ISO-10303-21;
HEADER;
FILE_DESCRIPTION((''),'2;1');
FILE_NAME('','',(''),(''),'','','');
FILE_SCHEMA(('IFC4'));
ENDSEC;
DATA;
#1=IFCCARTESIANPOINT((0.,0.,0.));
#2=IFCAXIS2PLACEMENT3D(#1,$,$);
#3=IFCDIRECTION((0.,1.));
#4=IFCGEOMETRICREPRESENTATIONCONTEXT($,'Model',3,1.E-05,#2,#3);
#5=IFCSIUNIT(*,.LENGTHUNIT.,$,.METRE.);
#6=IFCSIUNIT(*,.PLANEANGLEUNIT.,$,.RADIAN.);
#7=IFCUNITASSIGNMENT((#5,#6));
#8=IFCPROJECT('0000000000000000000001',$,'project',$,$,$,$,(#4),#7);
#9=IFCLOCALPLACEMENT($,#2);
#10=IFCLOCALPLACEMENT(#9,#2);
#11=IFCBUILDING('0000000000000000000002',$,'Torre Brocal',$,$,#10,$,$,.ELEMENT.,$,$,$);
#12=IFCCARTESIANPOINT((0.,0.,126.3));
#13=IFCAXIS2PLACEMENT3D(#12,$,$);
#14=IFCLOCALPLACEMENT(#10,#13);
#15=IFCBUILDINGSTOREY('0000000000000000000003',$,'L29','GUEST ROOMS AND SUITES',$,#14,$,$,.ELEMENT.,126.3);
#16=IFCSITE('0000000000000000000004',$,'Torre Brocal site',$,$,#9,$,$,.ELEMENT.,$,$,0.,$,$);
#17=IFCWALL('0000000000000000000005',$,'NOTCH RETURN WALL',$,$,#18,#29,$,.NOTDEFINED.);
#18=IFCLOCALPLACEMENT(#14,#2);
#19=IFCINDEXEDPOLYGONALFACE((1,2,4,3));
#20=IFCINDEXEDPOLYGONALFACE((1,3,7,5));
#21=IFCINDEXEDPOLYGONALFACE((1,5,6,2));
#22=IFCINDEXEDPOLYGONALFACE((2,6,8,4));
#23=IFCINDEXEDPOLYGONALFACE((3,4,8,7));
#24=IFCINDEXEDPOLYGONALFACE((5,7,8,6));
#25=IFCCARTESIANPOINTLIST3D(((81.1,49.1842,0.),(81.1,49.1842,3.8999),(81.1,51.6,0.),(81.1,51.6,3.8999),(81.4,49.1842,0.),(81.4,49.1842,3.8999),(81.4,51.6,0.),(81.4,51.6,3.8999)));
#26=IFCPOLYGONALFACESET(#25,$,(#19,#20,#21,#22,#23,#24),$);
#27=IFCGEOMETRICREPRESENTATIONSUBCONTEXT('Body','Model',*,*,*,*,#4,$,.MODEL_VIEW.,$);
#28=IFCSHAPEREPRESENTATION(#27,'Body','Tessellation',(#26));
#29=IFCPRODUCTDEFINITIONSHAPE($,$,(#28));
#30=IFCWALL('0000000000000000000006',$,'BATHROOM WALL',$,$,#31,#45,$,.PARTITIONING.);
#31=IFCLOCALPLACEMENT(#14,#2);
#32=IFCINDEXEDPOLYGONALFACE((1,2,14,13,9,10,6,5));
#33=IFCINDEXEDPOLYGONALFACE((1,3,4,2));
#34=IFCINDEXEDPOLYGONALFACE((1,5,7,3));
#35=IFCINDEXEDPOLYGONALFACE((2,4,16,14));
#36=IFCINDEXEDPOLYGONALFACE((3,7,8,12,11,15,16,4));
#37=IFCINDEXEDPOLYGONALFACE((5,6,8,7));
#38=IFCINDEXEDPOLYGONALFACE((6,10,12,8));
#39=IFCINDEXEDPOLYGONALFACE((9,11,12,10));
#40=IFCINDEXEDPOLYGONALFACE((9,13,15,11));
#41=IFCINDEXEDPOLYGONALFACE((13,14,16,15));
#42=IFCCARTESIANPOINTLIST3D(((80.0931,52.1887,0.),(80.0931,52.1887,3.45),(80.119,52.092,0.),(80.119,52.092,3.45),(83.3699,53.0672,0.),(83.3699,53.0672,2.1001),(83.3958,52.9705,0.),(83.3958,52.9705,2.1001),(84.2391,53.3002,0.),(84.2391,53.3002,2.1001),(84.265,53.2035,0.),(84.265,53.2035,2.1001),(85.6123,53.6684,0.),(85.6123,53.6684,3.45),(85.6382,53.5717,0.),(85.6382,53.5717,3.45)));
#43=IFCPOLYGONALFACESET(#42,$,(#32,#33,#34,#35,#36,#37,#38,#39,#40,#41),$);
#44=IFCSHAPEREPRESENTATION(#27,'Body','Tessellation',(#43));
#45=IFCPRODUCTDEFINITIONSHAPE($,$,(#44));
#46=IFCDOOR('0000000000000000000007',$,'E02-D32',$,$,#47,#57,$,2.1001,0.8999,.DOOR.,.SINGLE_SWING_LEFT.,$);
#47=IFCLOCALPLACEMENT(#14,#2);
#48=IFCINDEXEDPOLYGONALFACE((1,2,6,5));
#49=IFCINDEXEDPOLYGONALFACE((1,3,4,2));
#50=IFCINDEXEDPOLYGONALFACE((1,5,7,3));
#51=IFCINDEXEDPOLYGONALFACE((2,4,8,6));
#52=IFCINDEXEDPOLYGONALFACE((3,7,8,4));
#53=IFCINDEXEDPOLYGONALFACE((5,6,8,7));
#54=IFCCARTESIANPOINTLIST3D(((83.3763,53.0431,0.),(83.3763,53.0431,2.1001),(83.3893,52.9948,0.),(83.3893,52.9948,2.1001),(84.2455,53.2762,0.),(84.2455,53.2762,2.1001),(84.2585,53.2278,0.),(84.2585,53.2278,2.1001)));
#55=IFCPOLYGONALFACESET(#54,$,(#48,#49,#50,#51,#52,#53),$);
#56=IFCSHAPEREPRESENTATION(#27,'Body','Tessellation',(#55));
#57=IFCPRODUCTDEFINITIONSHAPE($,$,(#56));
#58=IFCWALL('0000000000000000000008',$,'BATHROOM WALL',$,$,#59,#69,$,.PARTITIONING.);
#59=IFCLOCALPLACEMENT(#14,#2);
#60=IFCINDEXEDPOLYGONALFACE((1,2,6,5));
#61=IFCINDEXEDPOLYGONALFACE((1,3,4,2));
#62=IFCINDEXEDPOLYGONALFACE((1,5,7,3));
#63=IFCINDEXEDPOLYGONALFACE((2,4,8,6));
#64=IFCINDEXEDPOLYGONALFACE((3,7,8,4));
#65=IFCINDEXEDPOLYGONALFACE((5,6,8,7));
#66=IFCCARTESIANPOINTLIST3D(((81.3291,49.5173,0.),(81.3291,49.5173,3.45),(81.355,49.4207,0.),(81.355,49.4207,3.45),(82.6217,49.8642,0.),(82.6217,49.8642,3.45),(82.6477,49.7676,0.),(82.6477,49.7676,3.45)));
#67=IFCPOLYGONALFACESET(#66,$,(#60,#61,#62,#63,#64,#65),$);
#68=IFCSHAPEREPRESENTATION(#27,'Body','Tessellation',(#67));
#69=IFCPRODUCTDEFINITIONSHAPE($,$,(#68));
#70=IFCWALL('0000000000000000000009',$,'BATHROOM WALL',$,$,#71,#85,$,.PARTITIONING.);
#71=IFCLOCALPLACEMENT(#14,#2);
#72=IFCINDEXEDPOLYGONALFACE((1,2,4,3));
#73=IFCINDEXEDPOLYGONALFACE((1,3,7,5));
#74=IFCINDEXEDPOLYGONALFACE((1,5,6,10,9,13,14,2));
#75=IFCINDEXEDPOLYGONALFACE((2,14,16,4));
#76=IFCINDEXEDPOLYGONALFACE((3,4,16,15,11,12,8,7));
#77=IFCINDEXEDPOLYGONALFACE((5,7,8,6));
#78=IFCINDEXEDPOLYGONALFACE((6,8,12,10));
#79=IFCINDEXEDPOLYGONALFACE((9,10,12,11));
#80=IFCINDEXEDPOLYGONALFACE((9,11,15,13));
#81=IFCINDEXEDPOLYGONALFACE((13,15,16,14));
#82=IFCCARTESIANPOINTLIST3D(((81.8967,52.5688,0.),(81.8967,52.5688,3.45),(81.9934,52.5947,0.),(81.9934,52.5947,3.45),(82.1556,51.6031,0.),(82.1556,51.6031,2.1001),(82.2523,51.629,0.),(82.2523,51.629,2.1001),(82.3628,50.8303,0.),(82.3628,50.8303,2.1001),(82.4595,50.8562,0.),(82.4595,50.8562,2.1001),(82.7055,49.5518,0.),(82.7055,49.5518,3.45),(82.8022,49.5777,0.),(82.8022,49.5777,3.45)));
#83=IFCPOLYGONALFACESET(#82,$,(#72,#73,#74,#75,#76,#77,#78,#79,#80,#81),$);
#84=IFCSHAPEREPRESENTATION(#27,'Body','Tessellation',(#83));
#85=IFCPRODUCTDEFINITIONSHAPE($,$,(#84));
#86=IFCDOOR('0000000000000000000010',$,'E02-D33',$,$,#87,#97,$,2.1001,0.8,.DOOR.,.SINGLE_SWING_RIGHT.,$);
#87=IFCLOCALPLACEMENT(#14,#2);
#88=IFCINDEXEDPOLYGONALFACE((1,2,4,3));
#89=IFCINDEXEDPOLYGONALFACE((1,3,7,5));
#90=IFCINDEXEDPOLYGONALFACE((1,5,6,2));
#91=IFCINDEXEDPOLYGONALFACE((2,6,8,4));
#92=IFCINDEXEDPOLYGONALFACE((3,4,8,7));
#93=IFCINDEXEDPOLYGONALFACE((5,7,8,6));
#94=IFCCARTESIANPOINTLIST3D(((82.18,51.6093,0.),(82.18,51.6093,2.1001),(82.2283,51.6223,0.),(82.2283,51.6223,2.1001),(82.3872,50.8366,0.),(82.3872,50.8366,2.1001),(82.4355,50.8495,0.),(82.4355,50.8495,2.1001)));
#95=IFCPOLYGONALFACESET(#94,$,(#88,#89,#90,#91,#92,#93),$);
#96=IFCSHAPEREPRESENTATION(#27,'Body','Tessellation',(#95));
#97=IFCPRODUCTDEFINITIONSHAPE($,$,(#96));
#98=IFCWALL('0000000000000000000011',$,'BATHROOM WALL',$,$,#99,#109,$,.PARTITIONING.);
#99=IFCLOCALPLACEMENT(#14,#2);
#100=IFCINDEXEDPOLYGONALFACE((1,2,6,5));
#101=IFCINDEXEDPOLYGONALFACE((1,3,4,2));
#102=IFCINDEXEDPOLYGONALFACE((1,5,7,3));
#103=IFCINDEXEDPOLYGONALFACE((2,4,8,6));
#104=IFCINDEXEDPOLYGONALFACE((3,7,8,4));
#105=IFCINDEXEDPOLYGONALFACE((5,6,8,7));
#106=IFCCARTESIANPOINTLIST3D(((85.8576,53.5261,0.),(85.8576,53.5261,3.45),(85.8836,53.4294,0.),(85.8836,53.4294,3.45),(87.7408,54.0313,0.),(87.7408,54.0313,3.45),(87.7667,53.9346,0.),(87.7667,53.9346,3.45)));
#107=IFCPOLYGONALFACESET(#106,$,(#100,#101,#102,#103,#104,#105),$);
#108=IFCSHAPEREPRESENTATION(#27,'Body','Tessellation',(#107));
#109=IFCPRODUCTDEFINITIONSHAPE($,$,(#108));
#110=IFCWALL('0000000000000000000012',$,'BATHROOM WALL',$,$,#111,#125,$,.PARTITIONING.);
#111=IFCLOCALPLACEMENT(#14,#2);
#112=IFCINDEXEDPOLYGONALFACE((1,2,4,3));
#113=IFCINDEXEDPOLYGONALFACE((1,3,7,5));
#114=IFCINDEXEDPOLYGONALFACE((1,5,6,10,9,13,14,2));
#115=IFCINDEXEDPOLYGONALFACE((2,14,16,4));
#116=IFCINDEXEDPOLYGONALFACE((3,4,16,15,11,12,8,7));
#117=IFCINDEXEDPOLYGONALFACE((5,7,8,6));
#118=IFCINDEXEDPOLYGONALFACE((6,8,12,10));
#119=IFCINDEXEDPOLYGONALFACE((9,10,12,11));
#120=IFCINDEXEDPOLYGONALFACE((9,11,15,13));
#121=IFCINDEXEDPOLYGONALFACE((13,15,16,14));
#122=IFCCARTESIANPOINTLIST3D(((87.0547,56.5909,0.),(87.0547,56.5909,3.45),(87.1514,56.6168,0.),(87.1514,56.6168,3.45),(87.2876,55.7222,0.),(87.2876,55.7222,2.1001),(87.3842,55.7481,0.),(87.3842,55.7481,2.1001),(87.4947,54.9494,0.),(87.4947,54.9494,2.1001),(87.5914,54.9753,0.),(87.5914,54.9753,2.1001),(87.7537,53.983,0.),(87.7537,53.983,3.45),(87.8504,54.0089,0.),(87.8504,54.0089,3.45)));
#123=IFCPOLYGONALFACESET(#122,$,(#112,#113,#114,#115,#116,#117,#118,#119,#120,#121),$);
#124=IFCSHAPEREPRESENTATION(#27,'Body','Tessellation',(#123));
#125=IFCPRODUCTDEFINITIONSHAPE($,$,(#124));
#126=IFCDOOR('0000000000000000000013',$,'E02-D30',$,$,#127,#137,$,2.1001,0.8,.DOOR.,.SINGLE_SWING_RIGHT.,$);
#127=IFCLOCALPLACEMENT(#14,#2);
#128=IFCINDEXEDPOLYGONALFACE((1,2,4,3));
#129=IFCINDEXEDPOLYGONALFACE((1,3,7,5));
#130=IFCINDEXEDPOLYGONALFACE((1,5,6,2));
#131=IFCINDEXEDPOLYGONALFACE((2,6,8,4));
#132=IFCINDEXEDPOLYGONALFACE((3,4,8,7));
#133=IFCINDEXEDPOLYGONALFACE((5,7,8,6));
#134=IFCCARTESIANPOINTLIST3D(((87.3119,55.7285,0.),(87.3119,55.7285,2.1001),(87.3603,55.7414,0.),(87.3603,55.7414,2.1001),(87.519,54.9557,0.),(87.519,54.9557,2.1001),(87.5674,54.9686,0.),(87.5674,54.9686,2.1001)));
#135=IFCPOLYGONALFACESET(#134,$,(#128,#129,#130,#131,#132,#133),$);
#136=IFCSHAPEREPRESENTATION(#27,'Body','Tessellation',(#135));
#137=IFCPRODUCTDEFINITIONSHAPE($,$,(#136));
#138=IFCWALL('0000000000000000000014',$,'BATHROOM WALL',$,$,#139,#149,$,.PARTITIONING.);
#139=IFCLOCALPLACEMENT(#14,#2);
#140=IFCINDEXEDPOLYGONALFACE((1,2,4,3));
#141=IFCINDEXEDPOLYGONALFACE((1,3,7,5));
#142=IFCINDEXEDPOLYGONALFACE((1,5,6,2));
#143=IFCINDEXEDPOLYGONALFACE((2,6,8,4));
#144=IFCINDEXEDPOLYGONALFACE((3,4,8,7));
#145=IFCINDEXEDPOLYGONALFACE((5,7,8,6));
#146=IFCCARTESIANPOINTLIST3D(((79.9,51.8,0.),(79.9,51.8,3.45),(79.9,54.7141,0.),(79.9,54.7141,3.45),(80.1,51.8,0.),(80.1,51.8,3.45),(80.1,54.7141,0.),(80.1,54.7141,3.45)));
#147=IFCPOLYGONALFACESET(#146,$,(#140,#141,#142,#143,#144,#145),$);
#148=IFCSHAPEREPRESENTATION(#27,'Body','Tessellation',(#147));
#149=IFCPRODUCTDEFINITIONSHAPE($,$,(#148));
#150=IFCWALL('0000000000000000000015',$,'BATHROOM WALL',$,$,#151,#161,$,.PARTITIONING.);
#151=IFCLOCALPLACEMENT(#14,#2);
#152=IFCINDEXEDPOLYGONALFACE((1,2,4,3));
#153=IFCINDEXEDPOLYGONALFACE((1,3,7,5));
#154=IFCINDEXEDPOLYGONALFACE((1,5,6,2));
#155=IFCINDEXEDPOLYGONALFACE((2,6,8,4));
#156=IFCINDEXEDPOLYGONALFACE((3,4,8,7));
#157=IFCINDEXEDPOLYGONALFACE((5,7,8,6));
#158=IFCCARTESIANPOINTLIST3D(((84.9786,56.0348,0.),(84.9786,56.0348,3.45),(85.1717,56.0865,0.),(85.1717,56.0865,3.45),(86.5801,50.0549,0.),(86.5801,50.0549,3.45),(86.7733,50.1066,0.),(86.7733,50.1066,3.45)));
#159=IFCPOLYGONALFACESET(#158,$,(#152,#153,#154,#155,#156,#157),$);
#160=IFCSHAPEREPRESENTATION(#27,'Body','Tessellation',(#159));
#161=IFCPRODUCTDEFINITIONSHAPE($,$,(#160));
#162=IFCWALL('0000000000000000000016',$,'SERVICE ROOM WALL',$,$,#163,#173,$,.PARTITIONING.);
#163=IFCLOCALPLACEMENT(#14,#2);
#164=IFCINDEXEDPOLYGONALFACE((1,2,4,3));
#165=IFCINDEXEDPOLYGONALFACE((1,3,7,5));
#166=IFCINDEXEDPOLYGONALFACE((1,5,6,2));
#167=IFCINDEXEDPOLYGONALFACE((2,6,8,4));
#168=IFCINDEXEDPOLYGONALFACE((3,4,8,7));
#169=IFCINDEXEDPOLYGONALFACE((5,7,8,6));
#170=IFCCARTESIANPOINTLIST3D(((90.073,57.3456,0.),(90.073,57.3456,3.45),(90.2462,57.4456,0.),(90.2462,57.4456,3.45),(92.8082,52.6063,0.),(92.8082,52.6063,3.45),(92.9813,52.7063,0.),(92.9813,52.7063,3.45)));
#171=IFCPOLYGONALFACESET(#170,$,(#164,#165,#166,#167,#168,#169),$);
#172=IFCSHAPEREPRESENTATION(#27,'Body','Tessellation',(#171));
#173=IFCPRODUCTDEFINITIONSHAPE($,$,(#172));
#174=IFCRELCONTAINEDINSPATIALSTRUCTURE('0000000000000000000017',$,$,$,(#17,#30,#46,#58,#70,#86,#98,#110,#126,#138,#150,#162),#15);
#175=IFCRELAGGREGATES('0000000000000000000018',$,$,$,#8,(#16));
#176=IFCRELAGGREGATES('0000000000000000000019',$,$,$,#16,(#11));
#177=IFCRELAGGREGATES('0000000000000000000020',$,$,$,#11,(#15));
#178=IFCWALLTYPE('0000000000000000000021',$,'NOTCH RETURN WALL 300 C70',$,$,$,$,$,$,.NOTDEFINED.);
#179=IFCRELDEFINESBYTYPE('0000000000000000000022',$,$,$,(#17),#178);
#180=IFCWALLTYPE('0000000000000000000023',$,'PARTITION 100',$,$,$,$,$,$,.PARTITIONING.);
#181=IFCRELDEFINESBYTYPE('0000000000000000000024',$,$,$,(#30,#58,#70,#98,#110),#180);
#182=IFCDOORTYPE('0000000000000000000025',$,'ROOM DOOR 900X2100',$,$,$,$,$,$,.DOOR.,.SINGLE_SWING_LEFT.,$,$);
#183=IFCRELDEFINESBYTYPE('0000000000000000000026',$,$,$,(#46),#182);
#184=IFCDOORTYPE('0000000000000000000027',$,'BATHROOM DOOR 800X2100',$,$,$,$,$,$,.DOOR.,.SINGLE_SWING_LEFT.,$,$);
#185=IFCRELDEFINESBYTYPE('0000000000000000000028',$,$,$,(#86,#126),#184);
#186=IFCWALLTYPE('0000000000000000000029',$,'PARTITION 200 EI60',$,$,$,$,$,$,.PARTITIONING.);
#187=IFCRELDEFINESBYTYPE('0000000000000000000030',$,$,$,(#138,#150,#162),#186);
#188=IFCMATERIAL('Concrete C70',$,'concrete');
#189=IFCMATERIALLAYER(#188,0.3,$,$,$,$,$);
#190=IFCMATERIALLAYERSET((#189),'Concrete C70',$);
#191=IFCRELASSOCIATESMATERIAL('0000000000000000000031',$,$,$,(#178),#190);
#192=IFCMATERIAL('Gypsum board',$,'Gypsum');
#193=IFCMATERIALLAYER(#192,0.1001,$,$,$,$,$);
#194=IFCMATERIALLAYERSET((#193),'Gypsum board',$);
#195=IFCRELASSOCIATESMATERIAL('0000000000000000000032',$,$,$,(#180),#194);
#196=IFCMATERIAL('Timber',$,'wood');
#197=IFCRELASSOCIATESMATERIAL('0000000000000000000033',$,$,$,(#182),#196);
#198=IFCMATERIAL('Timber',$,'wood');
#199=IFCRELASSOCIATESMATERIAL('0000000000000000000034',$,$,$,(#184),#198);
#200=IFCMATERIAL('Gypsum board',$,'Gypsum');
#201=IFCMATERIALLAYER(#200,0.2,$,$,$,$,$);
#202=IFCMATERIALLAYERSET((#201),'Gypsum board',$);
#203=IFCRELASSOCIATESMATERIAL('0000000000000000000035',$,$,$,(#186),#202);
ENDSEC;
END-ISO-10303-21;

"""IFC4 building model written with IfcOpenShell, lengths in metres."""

from ifc_helpers import new_model, si_unit, direction, frame, frame_2d, origin, place, context, subcontext, project, spatial, rectangle, extrude, material, layer, layer_set, type_object, element, fill, save


model = new_model("IFC4")

# Units and contexts
model_context = context("Model", 3, precision=1e-05, world=origin(), true_north=direction((0.0, 1.0)))
body_context = subcontext(model_context, "Body", "Model", "MODEL_VIEW")
ifc_project = project(units=[si_unit("LENGTHUNIT", "METRE"), si_unit("PLANEANGLEUNIT", "RADIAN")], contexts=[model_context])

# Site, building, storey
site_placement = place(None, origin())
site = spatial("IfcSite", under=ifc_project, at=site_placement, Name="Torre Brocal site", CompositionType="ELEMENT", RefElevation=0.0)
building_placement = place(site_placement, origin())
building = spatial("IfcBuilding", under=site, at=building_placement, Name="Torre Brocal", CompositionType="ELEMENT")
storey_placement = place(building_placement, frame((0.0, 0.0, 126.3)))
storey = spatial("IfcBuildingStorey", under=building, at=storey_placement, Name="L29", Description="GUEST ROOMS AND SUITES", CompositionType="ELEMENT", Elevation=126.3)

# Wall
ifc_material_1 = material(Name="Concrete C70", Category="concrete")
ifc_layer_1 = layer(ifc_material_1, 0.3)
ifc_layer_set_1 = layer_set([ifc_layer_1], Name="Concrete C70")
wall_type_1 = type_object("IfcWallType", Name="NOTCH RETURN WALL 300 C70", PredefinedType="NOTDEFINED", material=ifc_layer_set_1)
wall_1_placement = place(storey_placement, frame((81.25, 51.6001, 0.0), z_axis=(0.0, 0.0, 1.0), x_axis=(0.0, -1.0, 0.0)))
element("IfcWall", 1, at=wall_1_placement, inside=storey, type_object=wall_type_1, Name="NOTCH RETURN WALL", PredefinedType="NOTDEFINED", context=body_context, shape_type="SweptSolid", body=[
    extrude(rectangle(XDim=2.4158, YDim=0.3, at=frame_2d((1.208, 0.0))), origin(), (0.0, 0.0, 1.0), 3.8999),
])

# Wall, opening, door
ifc_material_2 = material(Name="Gypsum board", Category="Gypsum")
ifc_layer_2 = layer(ifc_material_2, 0.1001)
ifc_layer_set_2 = layer_set([ifc_layer_2], Name="Gypsum board")
wall_type_2 = type_object("IfcWallType", Name="PARTITION 100", PredefinedType="PARTITIONING", material=ifc_layer_set_2)
wall_2_placement = place(storey_placement, frame((80.1062, 52.1404, 0.0), z_axis=(0.0, 0.0, 1.0), x_axis=(0.965889, 0.258957, 0.0)))
wall_2 = element("IfcWall", 2, at=wall_2_placement, inside=storey, type_object=wall_type_2, Name="BATHROOM WALL", PredefinedType="PARTITIONING", context=body_context, shape_type="SweptSolid", body=[
    extrude(rectangle(XDim=5.7141, YDim=0.1001, at=frame_2d((2.8569, 0.0))), origin(), (0.0, 0.0, 1.0), 3.45),
])
opening_1_placement = place(wall_2_placement, frame((3.3923, 0.0, 0.0)))
opening_1 = element("IfcOpeningElement", 3, at=opening_1_placement, cuts=wall_2, PredefinedType="OPENING", context=body_context, shape_type="SweptSolid", body=[
    extrude(rectangle(XDim=0.8999, YDim=2.1001, at=frame_2d((0.45, 1.05))), frame((0.0, 0.0601, 0.0), z_axis=(0.0, -1.0, 0.0), x_axis=(1.0, 0.0, 0.0)), (0.0, 0.0, 1.0), 0.1201),
])
ifc_material_3 = material(Name="Timber", Category="wood")
door_type_1 = type_object("IfcDoorType", Name="ROOM DOOR 900X2100", OperationType="SINGLE_SWING_LEFT", PredefinedType="DOOR", material=ifc_material_3)
door_1_placement = place(opening_1_placement, frame((0.8999, 0.0, 0.0), z_axis=(0.0, 0.0, 1.0), x_axis=(-1.0, 0.0, 0.0)))
door_1 = element("IfcDoor", 4, at=door_1_placement, inside=storey, type_object=door_type_1, Name="E02-D32", OperationType="SINGLE_SWING_LEFT", OverallHeight=2.1001, OverallWidth=0.8999, PredefinedType="DOOR", context=body_context, shape_type="SweptSolid", body=[
    extrude(rectangle(XDim=0.8999, YDim=2.1001, at=frame_2d((0.45, 1.05))), frame((0.0, 0.0249, 0.0), z_axis=(0.0, -1.0, 0.0), x_axis=(1.0, 0.0, 0.0)), (0.0, 0.0, 1.0), 0.05),
])
fill(opening_1, door_1)

# Wall
wall_3_placement = place(storey_placement, frame((81.342, 49.469, 0.0), z_axis=(0.0, 0.0, 1.0), x_axis=(0.965825, 0.259195, 0.0)))
element("IfcWall", 5, at=wall_3_placement, inside=storey, type_object=wall_type_2, Name="BATHROOM WALL", PredefinedType="PARTITIONING", context=body_context, shape_type="SweptSolid", body=[
    extrude(rectangle(XDim=1.3384, YDim=0.1001, at=frame_2d((0.6692, 0.0))), origin(), (0.0, 0.0, 1.0), 3.45),
])

# Wall, opening, door
wall_4_placement = place(storey_placement, frame((81.9451, 52.5818, 0.0), z_axis=(0.0, 0.0, 1.0), x_axis=(0.258942, -0.965893, 0.0)))
wall_4 = element("IfcWall", 6, at=wall_4_placement, inside=storey, type_object=wall_type_2, Name="BATHROOM WALL", PredefinedType="PARTITIONING", context=body_context, shape_type="SweptSolid", body=[
    extrude(rectangle(XDim=3.1235, YDim=0.1001, at=frame_2d((1.5618, 0.0))), origin(), (0.0, 0.0, 1.0), 3.45),
])
opening_2_placement = place(wall_4_placement, frame((1.0, 0.0, 0.0)))
opening_2 = element("IfcOpeningElement", 7, at=opening_2_placement, cuts=wall_4, PredefinedType="OPENING", context=body_context, shape_type="SweptSolid", body=[
    extrude(rectangle(XDim=0.8, YDim=2.1001, at=frame_2d((0.3999, 1.05))), frame((0.0, 0.0601, 0.0), z_axis=(0.0, -1.0, 0.0), x_axis=(1.0, 0.0, 0.0)), (0.0, 0.0, 1.0), 0.1201),
])
ifc_material_4 = material(Name="Timber", Category="wood")
door_type_2 = type_object("IfcDoorType", Name="BATHROOM DOOR 800X2100", OperationType="SINGLE_SWING_LEFT", PredefinedType="DOOR", material=ifc_material_4)
door_2_placement = place(opening_2_placement, frame((0.8, 0.0, 0.0), z_axis=(0.0, 0.0, 1.0), x_axis=(-1.0, 0.0, 0.0)))
door_2 = element("IfcDoor", 8, at=door_2_placement, inside=storey, type_object=door_type_2, Name="E02-D33", OperationType="SINGLE_SWING_RIGHT", OverallHeight=2.1001, OverallWidth=0.8, PredefinedType="DOOR", context=body_context, shape_type="SweptSolid", body=[
    extrude(rectangle(XDim=0.8, YDim=2.1001, at=frame_2d((0.3999, 1.05))), frame((0.0, 0.0249, 0.0), z_axis=(0.0, -1.0, 0.0), x_axis=(1.0, 0.0, 0.0)), (0.0, 0.0, 1.0), 0.05),
])
fill(opening_2, door_2)

# Wall
wall_5_placement = place(storey_placement, frame((85.8706, 53.4778, 0.0), z_axis=(0.0, 0.0, 1.0), x_axis=(0.965854, 0.259089, 0.0)))
element("IfcWall", 9, at=wall_5_placement, inside=storey, type_object=wall_type_2, Name="BATHROOM WALL", PredefinedType="PARTITIONING", context=body_context, shape_type="SweptSolid", body=[
    extrude(rectangle(XDim=1.9497, YDim=0.1001, at=frame_2d((0.9749, 0.0))), origin(), (0.0, 0.0, 1.0), 3.45),
])

# Wall, opening, door
wall_6_placement = place(storey_placement, frame((87.103, 56.604, 0.0), z_axis=(0.0, 0.0, 1.0), x_axis=(0.258884, -0.965908, 0.0)))
wall_6 = element("IfcWall", 10, at=wall_6_placement, inside=storey, type_object=wall_type_2, Name="BATHROOM WALL", PredefinedType="PARTITIONING", context=body_context, shape_type="SweptSolid", body=[
    extrude(rectangle(XDim=2.7, YDim=0.1001, at=frame_2d((1.3501, 0.0))), origin(), (0.0, 0.0, 1.0), 3.45),
])
opening_3_placement = place(wall_6_placement, frame((0.8997, 0.0, 0.0)))
opening_3 = element("IfcOpeningElement", 11, at=opening_3_placement, cuts=wall_6, PredefinedType="OPENING", context=body_context, shape_type="SweptSolid", body=[
    extrude(rectangle(XDim=0.8, YDim=2.1001, at=frame_2d((0.3999, 1.05))), frame((0.0, 0.0601, 0.0), z_axis=(0.0, -1.0, 0.0), x_axis=(1.0, 0.0, 0.0)), (0.0, 0.0, 1.0), 0.1201),
])
door_3_placement = place(opening_3_placement, frame((0.8, 0.0, 0.0), z_axis=(0.0, 0.0, 1.0), x_axis=(-1.0, 0.0, 0.0)))
door_3 = element("IfcDoor", 12, at=door_3_placement, inside=storey, type_object=door_type_2, Name="E02-D30", OperationType="SINGLE_SWING_RIGHT", OverallHeight=2.1001, OverallWidth=0.8, PredefinedType="DOOR", context=body_context, shape_type="SweptSolid", body=[
    extrude(rectangle(XDim=0.8, YDim=2.1001, at=frame_2d((0.3999, 1.05))), frame((0.0, 0.0249, 0.0), z_axis=(0.0, -1.0, 0.0), x_axis=(1.0, 0.0, 0.0)), (0.0, 0.0, 1.0), 0.05),
])
fill(opening_3, door_3)

# Walls
ifc_material_5 = material(Name="Gypsum board", Category="Gypsum")
ifc_layer_3 = layer(ifc_material_5, 0.2)
ifc_layer_set_3 = layer_set([ifc_layer_3], Name="Gypsum board")
wall_type_3 = type_object("IfcWallType", Name="PARTITION 200 EI60", PredefinedType="PARTITIONING", material=ifc_layer_set_3)
wall_7_placement = place(storey_placement, frame((80.0, 51.8, 0.0), z_axis=(0.0, 0.0, 1.0), x_axis=(0.0, 1.0, 0.0)))
element("IfcWall", 13, at=wall_7_placement, inside=storey, type_object=wall_type_3, Name="BATHROOM WALL", PredefinedType="PARTITIONING", context=body_context, shape_type="SweptSolid", body=[
    extrude(rectangle(XDim=2.9141, YDim=0.2, at=frame_2d((1.457, 0.0))), origin(), (0.0, 0.0, 1.0), 3.45),
])
wall_8_placement = place(storey_placement, frame((85.0752, 56.0605, 0.0), z_axis=(0.0, 0.0, 1.0), x_axis=(0.258703, -0.965957, 0.0)))
element("IfcWall", 14, at=wall_8_placement, inside=storey, type_object=wall_type_3, Name="BATHROOM WALL", PredefinedType="PARTITIONING", context=body_context, shape_type="SweptSolid", body=[
    extrude(rectangle(XDim=6.1907, YDim=0.2, at=frame_2d((3.0952, 0.0))), origin(), (0.0, 0.0, 1.0), 3.45),
])
wall_9_placement = place(storey_placement, frame((90.1597, 57.3955, 0.0), z_axis=(0.0, 0.0, 1.0), x_axis=(0.499849, -0.866113, 0.0)))
element("IfcWall", 15, at=wall_9_placement, inside=storey, type_object=wall_type_3, Name="SERVICE ROOM WALL", PredefinedType="PARTITIONING", context=body_context, shape_type="SweptSolid", body=[
    extrude(rectangle(XDim=5.4719, YDim=0.2, at=frame_2d((2.7358, 0.0))), origin(), (0.0, 0.0, 1.0), 3.45),
])

save(model, "model.ifc")
